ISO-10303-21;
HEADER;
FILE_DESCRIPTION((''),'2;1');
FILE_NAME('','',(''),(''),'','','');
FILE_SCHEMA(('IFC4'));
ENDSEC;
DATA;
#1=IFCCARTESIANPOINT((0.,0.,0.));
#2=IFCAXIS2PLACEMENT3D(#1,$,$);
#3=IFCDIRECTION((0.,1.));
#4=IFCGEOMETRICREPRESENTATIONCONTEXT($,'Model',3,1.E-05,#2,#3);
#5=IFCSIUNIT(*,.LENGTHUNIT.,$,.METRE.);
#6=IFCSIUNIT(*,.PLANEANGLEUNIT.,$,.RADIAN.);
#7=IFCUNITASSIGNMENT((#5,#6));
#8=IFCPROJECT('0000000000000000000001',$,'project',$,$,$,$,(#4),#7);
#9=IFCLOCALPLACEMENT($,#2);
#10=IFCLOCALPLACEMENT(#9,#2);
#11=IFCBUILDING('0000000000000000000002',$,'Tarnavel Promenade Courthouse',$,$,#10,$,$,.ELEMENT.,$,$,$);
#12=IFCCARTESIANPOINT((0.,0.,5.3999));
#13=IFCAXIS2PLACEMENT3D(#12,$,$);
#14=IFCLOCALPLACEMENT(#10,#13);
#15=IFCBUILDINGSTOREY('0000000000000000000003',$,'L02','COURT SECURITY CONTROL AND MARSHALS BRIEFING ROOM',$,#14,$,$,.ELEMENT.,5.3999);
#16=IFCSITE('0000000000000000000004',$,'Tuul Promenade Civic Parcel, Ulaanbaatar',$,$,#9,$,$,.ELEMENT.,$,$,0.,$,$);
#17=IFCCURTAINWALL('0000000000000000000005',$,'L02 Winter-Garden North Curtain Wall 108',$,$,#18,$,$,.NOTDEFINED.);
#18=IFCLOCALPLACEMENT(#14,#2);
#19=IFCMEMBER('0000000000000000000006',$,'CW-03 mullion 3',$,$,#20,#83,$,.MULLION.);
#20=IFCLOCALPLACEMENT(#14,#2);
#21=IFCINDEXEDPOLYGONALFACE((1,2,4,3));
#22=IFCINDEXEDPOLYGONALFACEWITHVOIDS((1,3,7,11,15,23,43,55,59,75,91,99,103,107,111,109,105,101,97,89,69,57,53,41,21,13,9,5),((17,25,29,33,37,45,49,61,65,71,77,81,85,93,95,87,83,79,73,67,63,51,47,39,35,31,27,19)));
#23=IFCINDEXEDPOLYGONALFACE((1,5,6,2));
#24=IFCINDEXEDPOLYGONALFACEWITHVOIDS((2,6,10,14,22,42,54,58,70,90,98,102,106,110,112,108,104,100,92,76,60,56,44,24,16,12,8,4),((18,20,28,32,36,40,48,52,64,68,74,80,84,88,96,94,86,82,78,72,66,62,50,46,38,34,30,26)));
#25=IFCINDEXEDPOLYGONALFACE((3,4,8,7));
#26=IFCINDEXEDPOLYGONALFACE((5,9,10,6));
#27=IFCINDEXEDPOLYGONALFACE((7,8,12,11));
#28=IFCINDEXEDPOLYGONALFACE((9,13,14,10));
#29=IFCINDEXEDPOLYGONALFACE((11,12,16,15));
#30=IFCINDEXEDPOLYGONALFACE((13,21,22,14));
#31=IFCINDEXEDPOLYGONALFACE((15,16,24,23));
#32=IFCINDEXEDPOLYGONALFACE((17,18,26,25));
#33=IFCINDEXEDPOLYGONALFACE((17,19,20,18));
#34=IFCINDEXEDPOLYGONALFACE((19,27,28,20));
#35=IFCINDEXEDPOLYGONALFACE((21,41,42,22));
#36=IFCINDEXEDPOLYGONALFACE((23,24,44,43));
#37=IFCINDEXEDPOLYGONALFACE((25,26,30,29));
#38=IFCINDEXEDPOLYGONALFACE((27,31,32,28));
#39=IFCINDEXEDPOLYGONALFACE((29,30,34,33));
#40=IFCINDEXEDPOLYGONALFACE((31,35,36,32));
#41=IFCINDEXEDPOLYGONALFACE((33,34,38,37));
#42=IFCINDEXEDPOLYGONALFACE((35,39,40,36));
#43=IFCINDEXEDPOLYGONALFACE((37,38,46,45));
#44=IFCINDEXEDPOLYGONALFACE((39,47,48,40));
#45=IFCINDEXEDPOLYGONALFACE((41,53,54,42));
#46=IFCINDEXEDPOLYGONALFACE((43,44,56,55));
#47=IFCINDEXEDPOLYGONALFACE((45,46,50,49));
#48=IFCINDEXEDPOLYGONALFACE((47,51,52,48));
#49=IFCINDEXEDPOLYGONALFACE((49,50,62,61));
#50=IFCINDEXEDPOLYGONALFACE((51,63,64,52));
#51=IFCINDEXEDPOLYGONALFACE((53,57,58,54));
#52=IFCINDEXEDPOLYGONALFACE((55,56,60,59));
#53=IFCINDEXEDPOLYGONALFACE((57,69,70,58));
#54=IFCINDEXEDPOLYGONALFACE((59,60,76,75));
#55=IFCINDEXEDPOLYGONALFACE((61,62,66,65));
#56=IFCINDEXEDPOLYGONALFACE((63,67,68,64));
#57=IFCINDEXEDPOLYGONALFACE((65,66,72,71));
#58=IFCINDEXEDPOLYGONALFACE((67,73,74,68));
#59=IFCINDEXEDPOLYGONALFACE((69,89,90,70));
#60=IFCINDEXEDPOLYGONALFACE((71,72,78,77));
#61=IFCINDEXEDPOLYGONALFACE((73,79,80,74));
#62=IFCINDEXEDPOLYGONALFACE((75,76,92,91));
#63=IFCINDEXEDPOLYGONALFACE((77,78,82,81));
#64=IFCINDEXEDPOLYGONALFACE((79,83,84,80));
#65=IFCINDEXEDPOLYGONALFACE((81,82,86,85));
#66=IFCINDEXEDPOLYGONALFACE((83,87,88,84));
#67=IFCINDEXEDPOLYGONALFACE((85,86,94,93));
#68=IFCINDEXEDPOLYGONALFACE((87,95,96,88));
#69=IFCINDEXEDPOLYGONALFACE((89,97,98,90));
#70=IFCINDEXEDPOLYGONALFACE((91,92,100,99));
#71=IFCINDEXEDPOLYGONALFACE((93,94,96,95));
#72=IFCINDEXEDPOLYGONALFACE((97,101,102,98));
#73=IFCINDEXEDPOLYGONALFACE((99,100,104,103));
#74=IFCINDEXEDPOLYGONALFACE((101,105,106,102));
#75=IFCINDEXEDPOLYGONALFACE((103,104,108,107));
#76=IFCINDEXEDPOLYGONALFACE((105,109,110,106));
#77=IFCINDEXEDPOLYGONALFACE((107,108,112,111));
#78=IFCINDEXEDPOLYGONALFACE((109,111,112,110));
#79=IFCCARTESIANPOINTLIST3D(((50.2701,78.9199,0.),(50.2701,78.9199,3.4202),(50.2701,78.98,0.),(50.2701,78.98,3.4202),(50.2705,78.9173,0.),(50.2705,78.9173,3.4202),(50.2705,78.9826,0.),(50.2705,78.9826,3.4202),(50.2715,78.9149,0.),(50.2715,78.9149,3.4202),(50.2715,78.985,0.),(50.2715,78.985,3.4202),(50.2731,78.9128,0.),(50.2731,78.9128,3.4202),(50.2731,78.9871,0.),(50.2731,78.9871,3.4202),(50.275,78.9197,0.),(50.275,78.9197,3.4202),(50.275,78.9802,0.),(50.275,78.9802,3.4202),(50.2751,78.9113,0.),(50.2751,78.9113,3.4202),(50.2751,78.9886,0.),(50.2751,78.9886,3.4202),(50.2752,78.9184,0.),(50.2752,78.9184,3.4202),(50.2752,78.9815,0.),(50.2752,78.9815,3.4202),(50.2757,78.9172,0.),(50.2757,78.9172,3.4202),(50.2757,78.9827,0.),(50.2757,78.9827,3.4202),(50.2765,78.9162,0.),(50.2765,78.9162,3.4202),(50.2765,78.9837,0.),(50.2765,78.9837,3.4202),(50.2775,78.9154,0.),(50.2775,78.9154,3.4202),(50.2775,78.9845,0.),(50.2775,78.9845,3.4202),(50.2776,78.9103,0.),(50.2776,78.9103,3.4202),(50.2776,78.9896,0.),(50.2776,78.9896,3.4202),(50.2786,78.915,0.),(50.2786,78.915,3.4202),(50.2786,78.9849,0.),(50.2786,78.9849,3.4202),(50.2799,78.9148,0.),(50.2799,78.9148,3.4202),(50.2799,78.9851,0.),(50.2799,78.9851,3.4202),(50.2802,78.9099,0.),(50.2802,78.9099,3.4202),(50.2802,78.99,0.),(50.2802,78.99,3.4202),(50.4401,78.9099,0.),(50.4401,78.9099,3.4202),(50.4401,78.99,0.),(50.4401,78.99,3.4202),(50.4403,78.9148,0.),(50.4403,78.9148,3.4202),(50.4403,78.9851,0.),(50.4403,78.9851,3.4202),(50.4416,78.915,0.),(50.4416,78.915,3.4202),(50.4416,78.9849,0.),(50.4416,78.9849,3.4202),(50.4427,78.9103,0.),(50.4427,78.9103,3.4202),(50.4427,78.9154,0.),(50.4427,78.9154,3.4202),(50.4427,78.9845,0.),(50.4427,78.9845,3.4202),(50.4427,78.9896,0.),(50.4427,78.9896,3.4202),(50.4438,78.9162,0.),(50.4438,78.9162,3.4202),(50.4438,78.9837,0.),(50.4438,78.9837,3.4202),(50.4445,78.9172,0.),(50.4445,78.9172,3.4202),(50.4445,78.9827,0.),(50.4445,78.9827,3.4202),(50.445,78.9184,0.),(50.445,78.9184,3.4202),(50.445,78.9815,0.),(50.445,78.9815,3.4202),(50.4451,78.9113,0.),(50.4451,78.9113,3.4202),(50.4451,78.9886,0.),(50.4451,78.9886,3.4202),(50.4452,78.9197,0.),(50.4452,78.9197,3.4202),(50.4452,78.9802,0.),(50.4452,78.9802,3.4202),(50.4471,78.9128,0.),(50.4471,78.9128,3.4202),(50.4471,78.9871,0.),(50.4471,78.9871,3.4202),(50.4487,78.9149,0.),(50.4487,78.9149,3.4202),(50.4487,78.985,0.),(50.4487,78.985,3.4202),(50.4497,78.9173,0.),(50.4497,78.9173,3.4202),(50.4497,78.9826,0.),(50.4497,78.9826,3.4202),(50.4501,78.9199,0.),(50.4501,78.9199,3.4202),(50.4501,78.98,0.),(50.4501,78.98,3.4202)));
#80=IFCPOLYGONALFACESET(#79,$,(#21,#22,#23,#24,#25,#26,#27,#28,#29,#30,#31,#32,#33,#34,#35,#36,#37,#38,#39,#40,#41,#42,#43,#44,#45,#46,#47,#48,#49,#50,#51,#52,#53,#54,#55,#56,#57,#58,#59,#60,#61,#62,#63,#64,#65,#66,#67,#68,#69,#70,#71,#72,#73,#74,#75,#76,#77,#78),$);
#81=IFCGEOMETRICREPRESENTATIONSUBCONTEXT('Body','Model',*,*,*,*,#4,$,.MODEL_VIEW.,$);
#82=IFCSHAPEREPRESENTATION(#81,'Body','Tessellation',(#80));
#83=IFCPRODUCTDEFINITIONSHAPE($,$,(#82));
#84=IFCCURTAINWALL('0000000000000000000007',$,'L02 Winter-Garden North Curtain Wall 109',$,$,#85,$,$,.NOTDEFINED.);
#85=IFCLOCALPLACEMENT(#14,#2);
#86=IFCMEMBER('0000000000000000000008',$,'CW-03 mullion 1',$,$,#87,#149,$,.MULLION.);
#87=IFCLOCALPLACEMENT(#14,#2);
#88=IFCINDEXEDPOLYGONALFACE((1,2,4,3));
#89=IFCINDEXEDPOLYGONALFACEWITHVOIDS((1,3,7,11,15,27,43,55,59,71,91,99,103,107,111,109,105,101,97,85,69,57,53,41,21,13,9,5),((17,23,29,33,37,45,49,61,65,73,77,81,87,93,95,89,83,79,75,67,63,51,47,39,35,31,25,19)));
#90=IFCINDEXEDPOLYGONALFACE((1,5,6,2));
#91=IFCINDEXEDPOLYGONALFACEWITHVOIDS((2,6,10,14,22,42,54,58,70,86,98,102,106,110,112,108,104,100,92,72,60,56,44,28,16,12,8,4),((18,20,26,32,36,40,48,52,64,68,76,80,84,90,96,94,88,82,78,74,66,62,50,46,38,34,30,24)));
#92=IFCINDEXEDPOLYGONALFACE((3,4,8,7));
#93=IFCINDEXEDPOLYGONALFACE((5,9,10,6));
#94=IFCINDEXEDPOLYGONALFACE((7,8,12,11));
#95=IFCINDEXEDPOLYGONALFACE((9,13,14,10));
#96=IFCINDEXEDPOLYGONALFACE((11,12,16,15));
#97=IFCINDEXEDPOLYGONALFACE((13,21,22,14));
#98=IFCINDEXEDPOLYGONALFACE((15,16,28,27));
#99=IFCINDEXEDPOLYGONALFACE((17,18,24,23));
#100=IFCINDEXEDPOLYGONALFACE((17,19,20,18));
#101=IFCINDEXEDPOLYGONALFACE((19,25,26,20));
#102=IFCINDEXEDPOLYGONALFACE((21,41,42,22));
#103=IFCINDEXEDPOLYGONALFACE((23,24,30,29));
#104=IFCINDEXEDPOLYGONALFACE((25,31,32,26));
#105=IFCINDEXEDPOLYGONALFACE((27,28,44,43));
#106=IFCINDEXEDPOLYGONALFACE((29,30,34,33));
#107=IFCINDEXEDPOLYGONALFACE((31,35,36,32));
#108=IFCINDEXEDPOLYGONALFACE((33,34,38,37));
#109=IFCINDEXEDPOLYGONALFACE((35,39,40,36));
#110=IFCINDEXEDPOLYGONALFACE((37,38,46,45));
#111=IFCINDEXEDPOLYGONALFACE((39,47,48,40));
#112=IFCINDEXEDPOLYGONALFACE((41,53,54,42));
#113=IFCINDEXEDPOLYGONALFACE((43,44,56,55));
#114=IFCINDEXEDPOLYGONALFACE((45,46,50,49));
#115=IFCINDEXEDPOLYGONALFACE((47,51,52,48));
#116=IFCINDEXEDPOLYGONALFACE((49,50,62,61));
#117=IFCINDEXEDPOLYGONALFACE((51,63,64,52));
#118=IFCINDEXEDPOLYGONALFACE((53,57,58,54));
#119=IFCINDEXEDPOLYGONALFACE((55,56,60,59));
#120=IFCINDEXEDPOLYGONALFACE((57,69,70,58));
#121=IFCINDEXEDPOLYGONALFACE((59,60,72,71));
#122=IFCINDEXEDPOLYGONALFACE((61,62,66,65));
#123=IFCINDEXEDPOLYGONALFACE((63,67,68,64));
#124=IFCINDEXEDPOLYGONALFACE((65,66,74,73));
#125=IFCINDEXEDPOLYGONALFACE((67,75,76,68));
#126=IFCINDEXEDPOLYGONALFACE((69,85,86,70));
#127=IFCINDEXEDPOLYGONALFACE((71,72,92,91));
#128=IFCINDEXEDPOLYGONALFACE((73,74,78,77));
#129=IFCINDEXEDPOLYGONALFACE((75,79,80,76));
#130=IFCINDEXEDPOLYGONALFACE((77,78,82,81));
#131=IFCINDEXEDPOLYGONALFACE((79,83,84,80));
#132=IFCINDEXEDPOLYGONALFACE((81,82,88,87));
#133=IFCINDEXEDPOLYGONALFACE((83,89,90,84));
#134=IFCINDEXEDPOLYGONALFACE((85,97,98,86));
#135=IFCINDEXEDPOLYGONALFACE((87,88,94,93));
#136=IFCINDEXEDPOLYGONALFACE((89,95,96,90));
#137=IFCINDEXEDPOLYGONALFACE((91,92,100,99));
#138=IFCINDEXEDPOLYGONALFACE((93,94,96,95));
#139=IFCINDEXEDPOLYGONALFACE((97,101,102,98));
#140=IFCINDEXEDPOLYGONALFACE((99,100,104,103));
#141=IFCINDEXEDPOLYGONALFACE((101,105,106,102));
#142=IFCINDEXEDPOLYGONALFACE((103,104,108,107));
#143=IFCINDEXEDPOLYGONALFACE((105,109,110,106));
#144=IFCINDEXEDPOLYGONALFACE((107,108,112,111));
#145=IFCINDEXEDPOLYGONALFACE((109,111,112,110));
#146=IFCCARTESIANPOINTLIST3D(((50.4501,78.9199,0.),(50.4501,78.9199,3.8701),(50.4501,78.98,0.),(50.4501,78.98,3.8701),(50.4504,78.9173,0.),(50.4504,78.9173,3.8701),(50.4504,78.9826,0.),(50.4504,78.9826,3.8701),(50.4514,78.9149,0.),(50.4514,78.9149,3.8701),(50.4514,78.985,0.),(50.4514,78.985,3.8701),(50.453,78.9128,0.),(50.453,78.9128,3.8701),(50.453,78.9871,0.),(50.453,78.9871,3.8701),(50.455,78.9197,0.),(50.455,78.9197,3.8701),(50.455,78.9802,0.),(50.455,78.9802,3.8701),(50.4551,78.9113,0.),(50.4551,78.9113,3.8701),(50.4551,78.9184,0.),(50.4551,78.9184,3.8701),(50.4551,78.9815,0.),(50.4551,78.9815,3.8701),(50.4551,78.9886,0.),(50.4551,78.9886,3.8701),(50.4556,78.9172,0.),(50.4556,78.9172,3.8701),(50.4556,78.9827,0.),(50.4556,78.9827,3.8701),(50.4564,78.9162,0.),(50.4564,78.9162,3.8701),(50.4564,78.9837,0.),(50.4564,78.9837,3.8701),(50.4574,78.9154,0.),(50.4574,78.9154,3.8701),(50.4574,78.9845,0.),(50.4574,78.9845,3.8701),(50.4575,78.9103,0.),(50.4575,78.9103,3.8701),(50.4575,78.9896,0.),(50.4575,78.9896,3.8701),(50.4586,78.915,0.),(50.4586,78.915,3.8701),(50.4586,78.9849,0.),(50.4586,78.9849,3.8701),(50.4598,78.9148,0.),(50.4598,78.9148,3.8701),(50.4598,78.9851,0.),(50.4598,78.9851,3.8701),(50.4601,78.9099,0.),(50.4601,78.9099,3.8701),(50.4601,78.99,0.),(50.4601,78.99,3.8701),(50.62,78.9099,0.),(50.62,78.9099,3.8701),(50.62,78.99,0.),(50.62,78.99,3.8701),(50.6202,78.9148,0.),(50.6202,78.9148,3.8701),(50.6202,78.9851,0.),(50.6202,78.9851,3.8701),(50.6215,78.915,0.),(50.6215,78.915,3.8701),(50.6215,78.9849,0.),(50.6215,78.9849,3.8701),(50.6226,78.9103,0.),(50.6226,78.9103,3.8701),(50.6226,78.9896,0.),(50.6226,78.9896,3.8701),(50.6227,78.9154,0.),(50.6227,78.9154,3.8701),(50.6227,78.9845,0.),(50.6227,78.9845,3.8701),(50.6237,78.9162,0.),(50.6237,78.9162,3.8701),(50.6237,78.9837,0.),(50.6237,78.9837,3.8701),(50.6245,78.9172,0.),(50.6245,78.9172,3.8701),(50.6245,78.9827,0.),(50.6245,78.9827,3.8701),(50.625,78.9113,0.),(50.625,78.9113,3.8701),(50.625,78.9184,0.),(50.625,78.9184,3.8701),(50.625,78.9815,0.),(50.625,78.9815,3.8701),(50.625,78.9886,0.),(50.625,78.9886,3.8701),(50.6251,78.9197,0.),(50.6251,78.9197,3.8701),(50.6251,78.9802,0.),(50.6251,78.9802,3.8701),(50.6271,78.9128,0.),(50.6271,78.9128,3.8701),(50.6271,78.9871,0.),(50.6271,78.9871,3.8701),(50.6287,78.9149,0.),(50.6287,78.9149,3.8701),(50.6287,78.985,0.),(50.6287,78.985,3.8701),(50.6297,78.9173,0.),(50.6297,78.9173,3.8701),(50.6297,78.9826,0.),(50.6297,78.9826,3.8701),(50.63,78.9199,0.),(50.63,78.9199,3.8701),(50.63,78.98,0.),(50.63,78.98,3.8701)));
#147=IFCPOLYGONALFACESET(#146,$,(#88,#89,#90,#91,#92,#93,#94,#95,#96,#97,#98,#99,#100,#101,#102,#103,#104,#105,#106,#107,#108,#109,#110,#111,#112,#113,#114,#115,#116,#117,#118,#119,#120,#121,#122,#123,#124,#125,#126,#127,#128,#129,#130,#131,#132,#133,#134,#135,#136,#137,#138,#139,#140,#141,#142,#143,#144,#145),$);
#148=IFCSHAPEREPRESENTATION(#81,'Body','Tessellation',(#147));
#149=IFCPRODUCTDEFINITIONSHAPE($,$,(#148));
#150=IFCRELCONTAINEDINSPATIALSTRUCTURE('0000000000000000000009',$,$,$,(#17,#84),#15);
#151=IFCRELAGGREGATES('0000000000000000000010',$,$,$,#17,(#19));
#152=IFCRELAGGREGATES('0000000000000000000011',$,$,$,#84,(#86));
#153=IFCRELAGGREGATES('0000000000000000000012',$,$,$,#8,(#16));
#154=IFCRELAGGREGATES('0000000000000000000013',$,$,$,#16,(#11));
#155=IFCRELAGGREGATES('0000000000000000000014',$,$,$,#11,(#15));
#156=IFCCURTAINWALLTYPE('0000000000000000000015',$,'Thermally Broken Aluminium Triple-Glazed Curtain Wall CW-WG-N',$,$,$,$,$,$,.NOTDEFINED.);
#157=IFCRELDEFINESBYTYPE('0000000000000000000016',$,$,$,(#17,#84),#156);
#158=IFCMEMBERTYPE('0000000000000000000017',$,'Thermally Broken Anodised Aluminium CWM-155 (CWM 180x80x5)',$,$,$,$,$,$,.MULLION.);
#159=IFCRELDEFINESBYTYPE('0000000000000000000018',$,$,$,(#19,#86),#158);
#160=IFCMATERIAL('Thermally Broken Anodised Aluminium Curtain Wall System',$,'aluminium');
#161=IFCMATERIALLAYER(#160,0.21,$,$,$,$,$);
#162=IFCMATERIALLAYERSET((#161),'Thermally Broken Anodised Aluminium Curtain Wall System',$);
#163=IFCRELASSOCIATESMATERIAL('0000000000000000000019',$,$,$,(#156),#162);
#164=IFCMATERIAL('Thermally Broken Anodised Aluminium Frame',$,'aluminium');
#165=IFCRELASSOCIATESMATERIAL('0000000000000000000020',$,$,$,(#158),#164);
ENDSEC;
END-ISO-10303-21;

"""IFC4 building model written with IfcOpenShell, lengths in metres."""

from ifc_helpers import new_model, si_unit, direction, frame, origin, origin_2d, place, context, subcontext, project, spatial, hollow_rectangle, extrude, material, layer, layer_set, material_profile, profile_set, type_object, element, aggregate, save


model = new_model("IFC4")

# Units and contexts
model_context = context("Model", 3, precision=1e-05, world=origin(), true_north=direction((0.0, 1.0)))
body_context = subcontext(model_context, "Body", "Model", "MODEL_VIEW")
ifc_project = project(units=[si_unit("LENGTHUNIT", "METRE"), si_unit("PLANEANGLEUNIT", "RADIAN")], contexts=[model_context])

# Site, building, storey
site_placement = place(None, origin())
site = spatial("IfcSite", under=ifc_project, at=site_placement, Name="Tuul Promenade Civic Parcel, Ulaanbaatar", CompositionType="ELEMENT", RefElevation=0.0)
building_placement = place(site_placement, origin())
building = spatial("IfcBuilding", under=site, at=building_placement, Name="Tarnavel Promenade Courthouse", CompositionType="ELEMENT")
storey_placement = place(building_placement, frame((0.0, 0.0, 5.3999)))
storey = spatial("IfcBuildingStorey", under=building, at=storey_placement, Name="L02", Description="COURT SECURITY CONTROL AND MARSHALS BRIEFING ROOM", CompositionType="ELEMENT", Elevation=5.3999)

# Curtain wall, member
ifc_material_1 = material(Name="Thermally Broken Anodised Aluminium Curtain Wall System", Category="aluminium")
ifc_layer_1 = layer(ifc_material_1, 0.21)
ifc_layer_set_1 = layer_set([ifc_layer_1], Name="Thermally Broken Anodised Aluminium Curtain Wall System")
curtain_wall_type = type_object("IfcCurtainWallType", Name="Thermally Broken Aluminium Triple-Glazed Curtain Wall CW-WG-N", PredefinedType="NOTDEFINED", material=ifc_layer_set_1)
curtain_wall_1_placement = place(storey_placement, origin())
curtain_wall_1 = element("IfcCurtainWall", 1, at=curtain_wall_1_placement, inside=storey, type_object=curtain_wall_type, Name="L02 Winter-Garden North Curtain Wall 108", PredefinedType="NOTDEFINED")
ifc_material_2 = material(Name="Thermally Broken Anodised Aluminium Frame", Category="aluminium")
ifc_material_profile_1 = material_profile(ifc_material_2, hollow_rectangle(XDim=0.0801, YDim=0.1799, WallThickness=0.0049, InnerFilletRadius=0.0049, OuterFilletRadius=0.01, at=origin_2d()), Name="CWM 180x80x5")
ifc_profile_set_1 = profile_set([ifc_material_profile_1], Name="Thermally Broken Anodised Aluminium Frame")
member_type_1 = type_object("IfcMemberType", Name="Thermally Broken Anodised Aluminium CWM-155 (CWM 180x80x5)", PredefinedType="MULLION", material=ifc_profile_set_1)
member_1_placement = place(storey_placement, frame((50.3601, 78.95, 0.0), z_axis=(0.0, 0.0, 1.0), x_axis=(0.0, 1.0, 0.0)))
member_1 = element("IfcMember", 2, at=member_1_placement, type_object=member_type_1, Name="CW-03 mullion 3", PredefinedType="MULLION", context=body_context, shape_type="SweptSolid", body=[
    extrude(hollow_rectangle(XDim=0.0801, YDim=0.1799, WallThickness=0.0049, InnerFilletRadius=0.0049, OuterFilletRadius=0.01, at=origin_2d()), origin(), (0.0, 0.0, 1.0), 3.4202),
])

# Curtain wall, member
curtain_wall_2_placement = place(storey_placement, origin())
curtain_wall_2 = element("IfcCurtainWall", 3, at=curtain_wall_2_placement, inside=storey, type_object=curtain_wall_type, Name="L02 Winter-Garden North Curtain Wall 109", PredefinedType="NOTDEFINED")
member_2_placement = place(storey_placement, frame((50.54, 78.95, 0.0), z_axis=(0.0, 0.0, 1.0), x_axis=(0.0, 1.0, 0.0)))
member_2 = element("IfcMember", 4, at=member_2_placement, type_object=member_type_1, Name="CW-03 mullion 1", PredefinedType="MULLION", context=body_context, shape_type="SweptSolid", body=[
    extrude(hollow_rectangle(XDim=0.0801, YDim=0.1799, WallThickness=0.0049, InnerFilletRadius=0.0049, OuterFilletRadius=0.01, at=origin_2d()), origin(), (0.0, 0.0, 1.0), 3.8701),
])

aggregate(curtain_wall_1, [member_1])
aggregate(curtain_wall_2, [member_2])

save(model, "model.ifc")
